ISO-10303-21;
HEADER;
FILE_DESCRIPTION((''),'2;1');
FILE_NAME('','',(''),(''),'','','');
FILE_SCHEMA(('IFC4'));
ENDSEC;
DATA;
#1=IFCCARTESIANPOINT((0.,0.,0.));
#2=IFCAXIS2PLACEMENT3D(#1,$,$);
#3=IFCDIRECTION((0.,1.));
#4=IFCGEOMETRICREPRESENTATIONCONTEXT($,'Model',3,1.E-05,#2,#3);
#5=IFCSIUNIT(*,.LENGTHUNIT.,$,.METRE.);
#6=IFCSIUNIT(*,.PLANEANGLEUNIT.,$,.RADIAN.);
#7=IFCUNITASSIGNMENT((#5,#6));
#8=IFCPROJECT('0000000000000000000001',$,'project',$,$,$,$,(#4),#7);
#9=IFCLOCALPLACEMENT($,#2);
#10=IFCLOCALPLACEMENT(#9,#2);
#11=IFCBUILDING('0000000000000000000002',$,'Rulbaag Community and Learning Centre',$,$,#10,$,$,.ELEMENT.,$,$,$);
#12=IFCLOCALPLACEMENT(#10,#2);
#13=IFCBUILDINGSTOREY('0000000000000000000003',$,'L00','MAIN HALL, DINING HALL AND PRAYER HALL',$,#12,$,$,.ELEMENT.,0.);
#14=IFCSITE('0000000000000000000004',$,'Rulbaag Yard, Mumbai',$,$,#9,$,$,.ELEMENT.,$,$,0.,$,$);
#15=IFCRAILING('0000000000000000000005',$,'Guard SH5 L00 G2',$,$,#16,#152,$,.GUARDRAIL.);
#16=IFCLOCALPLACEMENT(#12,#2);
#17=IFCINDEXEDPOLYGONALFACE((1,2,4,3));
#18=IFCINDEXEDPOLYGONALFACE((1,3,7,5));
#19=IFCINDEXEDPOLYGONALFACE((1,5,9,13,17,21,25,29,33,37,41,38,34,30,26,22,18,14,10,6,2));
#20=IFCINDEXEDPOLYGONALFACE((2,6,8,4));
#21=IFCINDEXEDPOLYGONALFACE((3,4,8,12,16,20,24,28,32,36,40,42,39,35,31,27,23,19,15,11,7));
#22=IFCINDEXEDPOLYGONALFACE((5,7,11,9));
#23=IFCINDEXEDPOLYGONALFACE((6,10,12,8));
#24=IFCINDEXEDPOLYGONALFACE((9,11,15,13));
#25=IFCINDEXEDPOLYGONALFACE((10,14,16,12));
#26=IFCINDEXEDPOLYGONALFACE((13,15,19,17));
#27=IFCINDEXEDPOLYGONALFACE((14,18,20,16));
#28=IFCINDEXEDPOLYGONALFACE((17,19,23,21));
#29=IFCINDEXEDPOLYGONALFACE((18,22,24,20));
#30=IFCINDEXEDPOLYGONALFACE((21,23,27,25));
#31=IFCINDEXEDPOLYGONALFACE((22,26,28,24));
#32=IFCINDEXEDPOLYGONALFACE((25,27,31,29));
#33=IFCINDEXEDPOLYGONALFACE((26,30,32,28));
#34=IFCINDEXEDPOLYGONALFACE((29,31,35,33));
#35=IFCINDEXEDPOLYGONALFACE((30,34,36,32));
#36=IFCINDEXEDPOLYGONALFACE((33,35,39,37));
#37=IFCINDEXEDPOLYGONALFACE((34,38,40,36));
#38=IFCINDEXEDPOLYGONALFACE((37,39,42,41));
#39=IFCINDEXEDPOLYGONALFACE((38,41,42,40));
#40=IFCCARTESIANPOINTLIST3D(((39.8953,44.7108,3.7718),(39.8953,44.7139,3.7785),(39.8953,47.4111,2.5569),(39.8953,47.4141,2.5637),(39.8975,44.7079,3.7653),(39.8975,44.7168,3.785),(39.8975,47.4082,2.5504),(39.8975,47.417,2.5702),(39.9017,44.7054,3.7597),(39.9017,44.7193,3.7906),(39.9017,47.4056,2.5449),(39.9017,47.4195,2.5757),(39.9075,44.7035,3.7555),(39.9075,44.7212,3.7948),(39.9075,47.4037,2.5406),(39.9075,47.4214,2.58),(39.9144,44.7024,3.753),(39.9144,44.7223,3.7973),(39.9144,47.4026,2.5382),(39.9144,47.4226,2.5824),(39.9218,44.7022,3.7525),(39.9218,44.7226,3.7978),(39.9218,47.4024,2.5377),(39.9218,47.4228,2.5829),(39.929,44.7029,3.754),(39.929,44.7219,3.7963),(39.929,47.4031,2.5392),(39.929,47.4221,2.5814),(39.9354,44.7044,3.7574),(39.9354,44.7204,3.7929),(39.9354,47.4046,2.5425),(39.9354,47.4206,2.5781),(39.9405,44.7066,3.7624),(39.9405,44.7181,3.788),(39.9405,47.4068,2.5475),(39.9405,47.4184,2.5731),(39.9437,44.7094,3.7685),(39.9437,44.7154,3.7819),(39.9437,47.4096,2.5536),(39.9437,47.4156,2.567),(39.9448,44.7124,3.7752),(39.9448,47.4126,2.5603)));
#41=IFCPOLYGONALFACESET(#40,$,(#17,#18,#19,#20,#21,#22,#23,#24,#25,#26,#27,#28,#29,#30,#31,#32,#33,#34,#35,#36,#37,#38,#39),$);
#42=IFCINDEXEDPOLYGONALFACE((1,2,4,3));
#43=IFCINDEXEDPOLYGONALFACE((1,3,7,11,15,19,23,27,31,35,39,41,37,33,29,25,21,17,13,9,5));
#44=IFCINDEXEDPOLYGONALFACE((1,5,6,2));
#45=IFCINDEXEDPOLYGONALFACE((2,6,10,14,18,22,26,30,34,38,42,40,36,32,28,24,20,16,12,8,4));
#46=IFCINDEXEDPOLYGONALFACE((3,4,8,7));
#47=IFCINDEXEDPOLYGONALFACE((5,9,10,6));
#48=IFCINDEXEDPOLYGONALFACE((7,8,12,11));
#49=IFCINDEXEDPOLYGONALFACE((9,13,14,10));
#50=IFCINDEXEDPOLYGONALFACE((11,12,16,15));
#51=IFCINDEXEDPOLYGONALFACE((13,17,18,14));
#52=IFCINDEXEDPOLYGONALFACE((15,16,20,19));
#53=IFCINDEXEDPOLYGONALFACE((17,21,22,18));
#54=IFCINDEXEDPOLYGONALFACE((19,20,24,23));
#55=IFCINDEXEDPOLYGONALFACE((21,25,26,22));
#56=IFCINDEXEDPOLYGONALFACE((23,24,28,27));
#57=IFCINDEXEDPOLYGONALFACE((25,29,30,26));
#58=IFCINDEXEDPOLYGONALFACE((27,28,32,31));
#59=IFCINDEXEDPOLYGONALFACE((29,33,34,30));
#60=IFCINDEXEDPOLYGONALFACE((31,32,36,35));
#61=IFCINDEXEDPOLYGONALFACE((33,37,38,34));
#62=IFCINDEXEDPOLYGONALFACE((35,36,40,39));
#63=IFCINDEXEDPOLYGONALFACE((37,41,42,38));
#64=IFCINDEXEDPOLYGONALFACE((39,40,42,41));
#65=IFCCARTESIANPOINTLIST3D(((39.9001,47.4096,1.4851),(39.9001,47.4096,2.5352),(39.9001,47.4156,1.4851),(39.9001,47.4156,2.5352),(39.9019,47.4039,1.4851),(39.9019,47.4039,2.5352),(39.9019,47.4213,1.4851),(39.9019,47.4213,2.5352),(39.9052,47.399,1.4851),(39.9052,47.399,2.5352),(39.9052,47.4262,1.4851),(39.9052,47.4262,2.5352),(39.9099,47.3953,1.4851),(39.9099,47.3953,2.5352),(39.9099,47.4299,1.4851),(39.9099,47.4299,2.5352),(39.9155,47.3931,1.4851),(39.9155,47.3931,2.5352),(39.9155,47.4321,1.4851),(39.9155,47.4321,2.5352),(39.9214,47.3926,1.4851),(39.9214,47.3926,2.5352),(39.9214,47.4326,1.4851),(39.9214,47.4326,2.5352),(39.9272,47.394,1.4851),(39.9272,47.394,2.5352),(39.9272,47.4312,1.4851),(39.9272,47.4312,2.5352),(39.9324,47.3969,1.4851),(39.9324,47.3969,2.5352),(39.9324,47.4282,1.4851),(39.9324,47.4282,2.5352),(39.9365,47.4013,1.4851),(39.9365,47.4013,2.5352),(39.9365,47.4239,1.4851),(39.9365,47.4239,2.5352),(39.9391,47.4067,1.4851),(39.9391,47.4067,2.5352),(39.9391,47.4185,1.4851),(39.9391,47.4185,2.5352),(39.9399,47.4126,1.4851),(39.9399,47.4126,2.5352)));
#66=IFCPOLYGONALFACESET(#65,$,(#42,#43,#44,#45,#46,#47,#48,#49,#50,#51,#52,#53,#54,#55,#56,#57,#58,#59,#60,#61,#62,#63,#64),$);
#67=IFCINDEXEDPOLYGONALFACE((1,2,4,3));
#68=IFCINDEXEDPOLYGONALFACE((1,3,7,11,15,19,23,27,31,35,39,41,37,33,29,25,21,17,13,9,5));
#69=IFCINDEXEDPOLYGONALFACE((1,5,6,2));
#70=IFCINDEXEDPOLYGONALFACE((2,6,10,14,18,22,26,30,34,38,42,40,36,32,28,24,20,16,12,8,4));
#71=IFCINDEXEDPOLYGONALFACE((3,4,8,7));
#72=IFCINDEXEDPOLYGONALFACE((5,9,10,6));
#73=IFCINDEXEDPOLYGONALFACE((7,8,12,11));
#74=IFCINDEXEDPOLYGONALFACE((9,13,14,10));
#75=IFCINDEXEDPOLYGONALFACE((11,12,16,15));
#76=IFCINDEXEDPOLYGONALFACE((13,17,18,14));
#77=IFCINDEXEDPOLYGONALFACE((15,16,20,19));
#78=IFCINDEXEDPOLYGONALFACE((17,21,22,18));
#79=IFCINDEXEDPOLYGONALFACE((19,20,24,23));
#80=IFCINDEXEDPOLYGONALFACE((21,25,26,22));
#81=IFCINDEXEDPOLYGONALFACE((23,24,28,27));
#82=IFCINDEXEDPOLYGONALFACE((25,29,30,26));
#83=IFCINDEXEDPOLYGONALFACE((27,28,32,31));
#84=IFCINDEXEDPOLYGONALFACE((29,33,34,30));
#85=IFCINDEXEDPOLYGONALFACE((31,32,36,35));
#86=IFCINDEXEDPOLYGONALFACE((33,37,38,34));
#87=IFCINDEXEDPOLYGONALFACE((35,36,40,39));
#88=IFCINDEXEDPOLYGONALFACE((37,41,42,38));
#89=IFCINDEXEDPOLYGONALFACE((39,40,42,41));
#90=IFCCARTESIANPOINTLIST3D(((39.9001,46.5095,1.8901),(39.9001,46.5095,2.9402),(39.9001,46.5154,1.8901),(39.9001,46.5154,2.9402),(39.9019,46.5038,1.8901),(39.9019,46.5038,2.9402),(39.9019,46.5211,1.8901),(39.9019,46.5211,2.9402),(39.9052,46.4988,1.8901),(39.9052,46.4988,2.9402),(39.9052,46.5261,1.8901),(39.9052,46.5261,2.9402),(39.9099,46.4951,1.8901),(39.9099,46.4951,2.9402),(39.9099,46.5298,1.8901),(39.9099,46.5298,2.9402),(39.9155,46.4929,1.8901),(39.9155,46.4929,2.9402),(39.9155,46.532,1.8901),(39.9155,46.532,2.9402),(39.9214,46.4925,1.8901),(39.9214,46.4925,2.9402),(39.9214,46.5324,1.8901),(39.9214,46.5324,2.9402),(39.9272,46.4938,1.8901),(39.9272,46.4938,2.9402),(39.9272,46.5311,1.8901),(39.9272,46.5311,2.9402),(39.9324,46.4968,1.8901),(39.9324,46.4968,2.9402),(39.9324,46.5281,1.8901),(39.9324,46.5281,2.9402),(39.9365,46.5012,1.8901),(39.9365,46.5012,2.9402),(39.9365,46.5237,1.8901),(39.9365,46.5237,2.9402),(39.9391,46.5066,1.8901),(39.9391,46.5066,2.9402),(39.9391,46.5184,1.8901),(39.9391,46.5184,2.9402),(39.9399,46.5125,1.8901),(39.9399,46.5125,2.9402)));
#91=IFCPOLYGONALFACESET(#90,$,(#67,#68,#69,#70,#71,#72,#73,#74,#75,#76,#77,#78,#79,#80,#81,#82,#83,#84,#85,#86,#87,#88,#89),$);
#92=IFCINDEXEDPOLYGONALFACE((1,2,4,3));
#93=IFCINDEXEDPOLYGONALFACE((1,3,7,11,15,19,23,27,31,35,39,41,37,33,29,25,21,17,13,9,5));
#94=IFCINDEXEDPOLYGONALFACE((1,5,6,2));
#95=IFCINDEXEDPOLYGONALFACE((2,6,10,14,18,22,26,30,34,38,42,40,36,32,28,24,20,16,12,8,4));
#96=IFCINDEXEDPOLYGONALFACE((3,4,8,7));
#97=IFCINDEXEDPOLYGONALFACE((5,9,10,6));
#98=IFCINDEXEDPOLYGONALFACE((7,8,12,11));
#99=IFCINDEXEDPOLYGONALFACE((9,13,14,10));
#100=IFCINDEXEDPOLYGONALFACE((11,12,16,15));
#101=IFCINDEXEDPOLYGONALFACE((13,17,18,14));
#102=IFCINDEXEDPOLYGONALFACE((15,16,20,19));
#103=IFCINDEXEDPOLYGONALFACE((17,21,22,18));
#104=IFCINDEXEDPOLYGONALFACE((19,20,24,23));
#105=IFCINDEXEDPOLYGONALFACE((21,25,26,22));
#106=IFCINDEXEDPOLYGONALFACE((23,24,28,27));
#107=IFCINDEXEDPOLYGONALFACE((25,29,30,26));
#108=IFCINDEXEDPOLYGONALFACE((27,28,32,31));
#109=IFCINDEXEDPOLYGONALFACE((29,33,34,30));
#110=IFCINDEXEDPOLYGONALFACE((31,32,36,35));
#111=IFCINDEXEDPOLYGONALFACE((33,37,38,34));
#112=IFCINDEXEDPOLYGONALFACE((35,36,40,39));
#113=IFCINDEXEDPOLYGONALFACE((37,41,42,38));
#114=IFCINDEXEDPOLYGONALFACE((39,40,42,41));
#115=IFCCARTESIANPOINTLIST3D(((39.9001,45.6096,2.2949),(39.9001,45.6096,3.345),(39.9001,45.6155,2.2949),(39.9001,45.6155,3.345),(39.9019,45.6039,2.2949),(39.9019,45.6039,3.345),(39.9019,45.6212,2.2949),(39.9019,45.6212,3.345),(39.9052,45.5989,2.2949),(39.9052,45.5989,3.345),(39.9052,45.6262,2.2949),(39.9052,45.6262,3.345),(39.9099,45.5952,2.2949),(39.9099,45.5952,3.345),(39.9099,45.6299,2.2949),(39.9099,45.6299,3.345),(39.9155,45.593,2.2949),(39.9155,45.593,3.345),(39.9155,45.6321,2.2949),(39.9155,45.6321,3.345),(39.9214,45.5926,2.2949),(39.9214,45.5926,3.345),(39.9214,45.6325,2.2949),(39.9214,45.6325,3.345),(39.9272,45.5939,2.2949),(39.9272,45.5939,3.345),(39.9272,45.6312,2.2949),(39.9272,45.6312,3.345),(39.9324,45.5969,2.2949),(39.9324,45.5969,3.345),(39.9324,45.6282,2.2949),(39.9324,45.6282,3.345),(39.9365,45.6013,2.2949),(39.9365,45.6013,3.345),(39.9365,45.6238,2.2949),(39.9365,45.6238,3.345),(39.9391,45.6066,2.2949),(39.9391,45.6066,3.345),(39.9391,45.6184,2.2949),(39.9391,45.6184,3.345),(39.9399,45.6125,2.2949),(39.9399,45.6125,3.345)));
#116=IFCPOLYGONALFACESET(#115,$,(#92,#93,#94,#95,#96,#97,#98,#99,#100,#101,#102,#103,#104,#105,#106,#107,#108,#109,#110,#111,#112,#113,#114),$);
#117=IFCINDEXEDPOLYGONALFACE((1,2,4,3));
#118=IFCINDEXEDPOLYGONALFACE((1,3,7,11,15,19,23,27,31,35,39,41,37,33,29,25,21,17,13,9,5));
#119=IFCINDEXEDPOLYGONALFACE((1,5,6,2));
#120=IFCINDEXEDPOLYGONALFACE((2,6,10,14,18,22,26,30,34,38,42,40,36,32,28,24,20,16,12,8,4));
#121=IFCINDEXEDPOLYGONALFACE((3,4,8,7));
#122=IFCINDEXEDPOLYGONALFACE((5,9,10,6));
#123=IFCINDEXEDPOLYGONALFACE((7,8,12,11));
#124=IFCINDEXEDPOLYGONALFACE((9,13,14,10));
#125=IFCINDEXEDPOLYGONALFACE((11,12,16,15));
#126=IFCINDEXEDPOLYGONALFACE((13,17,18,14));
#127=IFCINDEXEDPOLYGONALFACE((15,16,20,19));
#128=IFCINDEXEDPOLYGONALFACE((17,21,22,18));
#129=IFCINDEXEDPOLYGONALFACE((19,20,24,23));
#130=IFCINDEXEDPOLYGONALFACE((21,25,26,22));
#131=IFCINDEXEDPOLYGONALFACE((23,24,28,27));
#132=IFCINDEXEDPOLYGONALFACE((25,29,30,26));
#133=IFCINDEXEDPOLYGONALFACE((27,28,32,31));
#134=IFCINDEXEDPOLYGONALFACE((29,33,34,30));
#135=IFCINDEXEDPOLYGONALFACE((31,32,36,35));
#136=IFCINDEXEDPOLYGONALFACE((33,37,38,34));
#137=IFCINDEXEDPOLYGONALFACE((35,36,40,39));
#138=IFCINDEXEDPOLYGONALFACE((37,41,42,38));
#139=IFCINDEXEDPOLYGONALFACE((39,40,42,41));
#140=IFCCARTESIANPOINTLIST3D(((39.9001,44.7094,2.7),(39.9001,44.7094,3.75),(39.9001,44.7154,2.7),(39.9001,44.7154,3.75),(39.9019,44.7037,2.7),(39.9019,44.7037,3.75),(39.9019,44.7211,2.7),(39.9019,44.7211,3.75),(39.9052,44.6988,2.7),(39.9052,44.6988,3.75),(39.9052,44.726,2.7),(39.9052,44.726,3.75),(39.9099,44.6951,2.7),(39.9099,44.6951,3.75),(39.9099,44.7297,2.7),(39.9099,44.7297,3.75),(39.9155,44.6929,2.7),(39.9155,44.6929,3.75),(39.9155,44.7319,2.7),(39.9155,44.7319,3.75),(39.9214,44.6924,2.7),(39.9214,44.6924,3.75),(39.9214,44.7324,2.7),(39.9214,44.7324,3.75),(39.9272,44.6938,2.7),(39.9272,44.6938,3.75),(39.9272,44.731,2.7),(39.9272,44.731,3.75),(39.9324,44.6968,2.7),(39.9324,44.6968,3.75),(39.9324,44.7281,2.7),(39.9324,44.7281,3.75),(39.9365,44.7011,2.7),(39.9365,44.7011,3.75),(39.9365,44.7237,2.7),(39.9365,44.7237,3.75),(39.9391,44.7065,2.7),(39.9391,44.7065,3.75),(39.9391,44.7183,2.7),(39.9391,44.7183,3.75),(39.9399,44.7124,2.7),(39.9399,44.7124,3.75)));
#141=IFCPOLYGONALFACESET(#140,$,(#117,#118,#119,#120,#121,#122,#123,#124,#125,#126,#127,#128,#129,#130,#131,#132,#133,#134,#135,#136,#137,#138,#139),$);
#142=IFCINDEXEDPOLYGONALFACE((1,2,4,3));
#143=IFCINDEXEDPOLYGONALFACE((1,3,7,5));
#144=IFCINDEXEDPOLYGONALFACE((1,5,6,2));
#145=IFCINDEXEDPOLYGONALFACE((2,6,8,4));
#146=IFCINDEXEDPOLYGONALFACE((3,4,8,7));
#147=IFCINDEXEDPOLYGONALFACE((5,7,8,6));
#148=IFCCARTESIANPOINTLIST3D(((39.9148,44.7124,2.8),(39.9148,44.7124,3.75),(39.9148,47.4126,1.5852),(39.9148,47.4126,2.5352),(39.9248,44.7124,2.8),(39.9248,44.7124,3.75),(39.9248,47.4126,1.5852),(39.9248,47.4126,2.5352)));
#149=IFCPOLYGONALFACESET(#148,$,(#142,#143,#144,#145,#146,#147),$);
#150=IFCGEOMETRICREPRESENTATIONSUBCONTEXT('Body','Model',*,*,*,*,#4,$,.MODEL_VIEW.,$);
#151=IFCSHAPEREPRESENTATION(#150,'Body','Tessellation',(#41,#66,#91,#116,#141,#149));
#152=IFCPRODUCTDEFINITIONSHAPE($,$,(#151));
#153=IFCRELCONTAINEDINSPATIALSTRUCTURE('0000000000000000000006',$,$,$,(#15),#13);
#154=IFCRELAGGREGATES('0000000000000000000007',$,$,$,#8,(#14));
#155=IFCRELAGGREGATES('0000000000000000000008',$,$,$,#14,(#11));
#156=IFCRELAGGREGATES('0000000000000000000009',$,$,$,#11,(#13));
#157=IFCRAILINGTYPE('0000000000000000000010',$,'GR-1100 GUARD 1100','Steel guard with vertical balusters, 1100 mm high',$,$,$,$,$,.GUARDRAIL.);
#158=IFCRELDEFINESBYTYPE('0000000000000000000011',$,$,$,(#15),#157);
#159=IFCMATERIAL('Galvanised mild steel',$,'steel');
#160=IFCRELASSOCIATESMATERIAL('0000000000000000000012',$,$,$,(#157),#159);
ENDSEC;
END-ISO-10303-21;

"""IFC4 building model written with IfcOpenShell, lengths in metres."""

from ifc_helpers import new_model, si_unit, direction, frame, origin, origin_2d, place, context, subcontext, project, spatial, polyline, circle, outline, extrude, material, type_object, element, save


model = new_model("IFC4")

# Units and contexts
model_context = context("Model", 3, precision=1e-05, world=origin(), true_north=direction((0.0, 1.0)))
body_context = subcontext(model_context, "Body", "Model", "MODEL_VIEW")
ifc_project = project(units=[si_unit("LENGTHUNIT", "METRE"), si_unit("PLANEANGLEUNIT", "RADIAN")], contexts=[model_context])

# Site, building, storey
site_placement = place(None, origin())
site = spatial("IfcSite", under=ifc_project, at=site_placement, Name="Rulbaag Yard, Mumbai", CompositionType="ELEMENT", RefElevation=0.0)
building_placement = place(site_placement, origin())
building = spatial("IfcBuilding", under=site, at=building_placement, Name="Rulbaag Community and Learning Centre", CompositionType="ELEMENT")
storey_placement = place(building_placement, origin())
storey = spatial("IfcBuildingStorey", under=building, at=storey_placement, Name="L00", Description="MAIN HALL, DINING HALL AND PRAYER HALL", CompositionType="ELEMENT", Elevation=0.0)

# Railing
ifc_material_1 = material(Name="Galvanised mild steel", Category="steel")
railing_type = type_object("IfcRailingType", Name="GR-1100 GUARD 1100", Description="Steel guard with vertical balusters, 1100 mm high", PredefinedType="GUARDRAIL", material=ifc_material_1)
railing_1_placement = place(storey_placement, frame((39.9199, 47.4126, 1.4851)))
element("IfcRailing", 1, at=railing_1_placement, inside=storey, type_object=railing_type, Name="Guard SH5 L00 G2", PredefinedType="GUARDRAIL", context=body_context, shape_type="SweptSolid", body=[
    extrude(circle(Radius=0.0249, at=origin_2d()), frame((0.0, 0.0, 1.0752), z_axis=(0.0, -0.911952, 0.410296), x_axis=(1.0, 0.0, 0.0)), (0.0, 0.0, 1.0), 2.9609),
    extrude(circle(Radius=0.02, at=origin_2d()), origin(), (0.0, 0.0, 1.0), 1.05),
    extrude(circle(Radius=0.02, at=origin_2d()), frame((0.0, -0.9001, 0.405)), (0.0, 0.0, 1.0), 1.05),
    extrude(circle(Radius=0.02, at=origin_2d()), frame((0.0, -1.8, 0.8098)), (0.0, 0.0, 1.0), 1.05),
    extrude(circle(Radius=0.02, at=origin_2d()), frame((0.0, -2.7002, 1.2148)), (0.0, 0.0, 1.0), 1.05),
    extrude(outline(polyline([(0.0, 0.0), (2.7002, 1.2148), (2.7002, 2.1648), (0.0, 0.95), (0.0, 0.0)])), frame((0.0049, 0.0, 0.1001), z_axis=(-1.0, 0.0, 0.0), x_axis=(0.0, -1.0, 0.0)), (0.0, 0.0, 1.0), 0.01),
])

save(model, "model.ifc")
